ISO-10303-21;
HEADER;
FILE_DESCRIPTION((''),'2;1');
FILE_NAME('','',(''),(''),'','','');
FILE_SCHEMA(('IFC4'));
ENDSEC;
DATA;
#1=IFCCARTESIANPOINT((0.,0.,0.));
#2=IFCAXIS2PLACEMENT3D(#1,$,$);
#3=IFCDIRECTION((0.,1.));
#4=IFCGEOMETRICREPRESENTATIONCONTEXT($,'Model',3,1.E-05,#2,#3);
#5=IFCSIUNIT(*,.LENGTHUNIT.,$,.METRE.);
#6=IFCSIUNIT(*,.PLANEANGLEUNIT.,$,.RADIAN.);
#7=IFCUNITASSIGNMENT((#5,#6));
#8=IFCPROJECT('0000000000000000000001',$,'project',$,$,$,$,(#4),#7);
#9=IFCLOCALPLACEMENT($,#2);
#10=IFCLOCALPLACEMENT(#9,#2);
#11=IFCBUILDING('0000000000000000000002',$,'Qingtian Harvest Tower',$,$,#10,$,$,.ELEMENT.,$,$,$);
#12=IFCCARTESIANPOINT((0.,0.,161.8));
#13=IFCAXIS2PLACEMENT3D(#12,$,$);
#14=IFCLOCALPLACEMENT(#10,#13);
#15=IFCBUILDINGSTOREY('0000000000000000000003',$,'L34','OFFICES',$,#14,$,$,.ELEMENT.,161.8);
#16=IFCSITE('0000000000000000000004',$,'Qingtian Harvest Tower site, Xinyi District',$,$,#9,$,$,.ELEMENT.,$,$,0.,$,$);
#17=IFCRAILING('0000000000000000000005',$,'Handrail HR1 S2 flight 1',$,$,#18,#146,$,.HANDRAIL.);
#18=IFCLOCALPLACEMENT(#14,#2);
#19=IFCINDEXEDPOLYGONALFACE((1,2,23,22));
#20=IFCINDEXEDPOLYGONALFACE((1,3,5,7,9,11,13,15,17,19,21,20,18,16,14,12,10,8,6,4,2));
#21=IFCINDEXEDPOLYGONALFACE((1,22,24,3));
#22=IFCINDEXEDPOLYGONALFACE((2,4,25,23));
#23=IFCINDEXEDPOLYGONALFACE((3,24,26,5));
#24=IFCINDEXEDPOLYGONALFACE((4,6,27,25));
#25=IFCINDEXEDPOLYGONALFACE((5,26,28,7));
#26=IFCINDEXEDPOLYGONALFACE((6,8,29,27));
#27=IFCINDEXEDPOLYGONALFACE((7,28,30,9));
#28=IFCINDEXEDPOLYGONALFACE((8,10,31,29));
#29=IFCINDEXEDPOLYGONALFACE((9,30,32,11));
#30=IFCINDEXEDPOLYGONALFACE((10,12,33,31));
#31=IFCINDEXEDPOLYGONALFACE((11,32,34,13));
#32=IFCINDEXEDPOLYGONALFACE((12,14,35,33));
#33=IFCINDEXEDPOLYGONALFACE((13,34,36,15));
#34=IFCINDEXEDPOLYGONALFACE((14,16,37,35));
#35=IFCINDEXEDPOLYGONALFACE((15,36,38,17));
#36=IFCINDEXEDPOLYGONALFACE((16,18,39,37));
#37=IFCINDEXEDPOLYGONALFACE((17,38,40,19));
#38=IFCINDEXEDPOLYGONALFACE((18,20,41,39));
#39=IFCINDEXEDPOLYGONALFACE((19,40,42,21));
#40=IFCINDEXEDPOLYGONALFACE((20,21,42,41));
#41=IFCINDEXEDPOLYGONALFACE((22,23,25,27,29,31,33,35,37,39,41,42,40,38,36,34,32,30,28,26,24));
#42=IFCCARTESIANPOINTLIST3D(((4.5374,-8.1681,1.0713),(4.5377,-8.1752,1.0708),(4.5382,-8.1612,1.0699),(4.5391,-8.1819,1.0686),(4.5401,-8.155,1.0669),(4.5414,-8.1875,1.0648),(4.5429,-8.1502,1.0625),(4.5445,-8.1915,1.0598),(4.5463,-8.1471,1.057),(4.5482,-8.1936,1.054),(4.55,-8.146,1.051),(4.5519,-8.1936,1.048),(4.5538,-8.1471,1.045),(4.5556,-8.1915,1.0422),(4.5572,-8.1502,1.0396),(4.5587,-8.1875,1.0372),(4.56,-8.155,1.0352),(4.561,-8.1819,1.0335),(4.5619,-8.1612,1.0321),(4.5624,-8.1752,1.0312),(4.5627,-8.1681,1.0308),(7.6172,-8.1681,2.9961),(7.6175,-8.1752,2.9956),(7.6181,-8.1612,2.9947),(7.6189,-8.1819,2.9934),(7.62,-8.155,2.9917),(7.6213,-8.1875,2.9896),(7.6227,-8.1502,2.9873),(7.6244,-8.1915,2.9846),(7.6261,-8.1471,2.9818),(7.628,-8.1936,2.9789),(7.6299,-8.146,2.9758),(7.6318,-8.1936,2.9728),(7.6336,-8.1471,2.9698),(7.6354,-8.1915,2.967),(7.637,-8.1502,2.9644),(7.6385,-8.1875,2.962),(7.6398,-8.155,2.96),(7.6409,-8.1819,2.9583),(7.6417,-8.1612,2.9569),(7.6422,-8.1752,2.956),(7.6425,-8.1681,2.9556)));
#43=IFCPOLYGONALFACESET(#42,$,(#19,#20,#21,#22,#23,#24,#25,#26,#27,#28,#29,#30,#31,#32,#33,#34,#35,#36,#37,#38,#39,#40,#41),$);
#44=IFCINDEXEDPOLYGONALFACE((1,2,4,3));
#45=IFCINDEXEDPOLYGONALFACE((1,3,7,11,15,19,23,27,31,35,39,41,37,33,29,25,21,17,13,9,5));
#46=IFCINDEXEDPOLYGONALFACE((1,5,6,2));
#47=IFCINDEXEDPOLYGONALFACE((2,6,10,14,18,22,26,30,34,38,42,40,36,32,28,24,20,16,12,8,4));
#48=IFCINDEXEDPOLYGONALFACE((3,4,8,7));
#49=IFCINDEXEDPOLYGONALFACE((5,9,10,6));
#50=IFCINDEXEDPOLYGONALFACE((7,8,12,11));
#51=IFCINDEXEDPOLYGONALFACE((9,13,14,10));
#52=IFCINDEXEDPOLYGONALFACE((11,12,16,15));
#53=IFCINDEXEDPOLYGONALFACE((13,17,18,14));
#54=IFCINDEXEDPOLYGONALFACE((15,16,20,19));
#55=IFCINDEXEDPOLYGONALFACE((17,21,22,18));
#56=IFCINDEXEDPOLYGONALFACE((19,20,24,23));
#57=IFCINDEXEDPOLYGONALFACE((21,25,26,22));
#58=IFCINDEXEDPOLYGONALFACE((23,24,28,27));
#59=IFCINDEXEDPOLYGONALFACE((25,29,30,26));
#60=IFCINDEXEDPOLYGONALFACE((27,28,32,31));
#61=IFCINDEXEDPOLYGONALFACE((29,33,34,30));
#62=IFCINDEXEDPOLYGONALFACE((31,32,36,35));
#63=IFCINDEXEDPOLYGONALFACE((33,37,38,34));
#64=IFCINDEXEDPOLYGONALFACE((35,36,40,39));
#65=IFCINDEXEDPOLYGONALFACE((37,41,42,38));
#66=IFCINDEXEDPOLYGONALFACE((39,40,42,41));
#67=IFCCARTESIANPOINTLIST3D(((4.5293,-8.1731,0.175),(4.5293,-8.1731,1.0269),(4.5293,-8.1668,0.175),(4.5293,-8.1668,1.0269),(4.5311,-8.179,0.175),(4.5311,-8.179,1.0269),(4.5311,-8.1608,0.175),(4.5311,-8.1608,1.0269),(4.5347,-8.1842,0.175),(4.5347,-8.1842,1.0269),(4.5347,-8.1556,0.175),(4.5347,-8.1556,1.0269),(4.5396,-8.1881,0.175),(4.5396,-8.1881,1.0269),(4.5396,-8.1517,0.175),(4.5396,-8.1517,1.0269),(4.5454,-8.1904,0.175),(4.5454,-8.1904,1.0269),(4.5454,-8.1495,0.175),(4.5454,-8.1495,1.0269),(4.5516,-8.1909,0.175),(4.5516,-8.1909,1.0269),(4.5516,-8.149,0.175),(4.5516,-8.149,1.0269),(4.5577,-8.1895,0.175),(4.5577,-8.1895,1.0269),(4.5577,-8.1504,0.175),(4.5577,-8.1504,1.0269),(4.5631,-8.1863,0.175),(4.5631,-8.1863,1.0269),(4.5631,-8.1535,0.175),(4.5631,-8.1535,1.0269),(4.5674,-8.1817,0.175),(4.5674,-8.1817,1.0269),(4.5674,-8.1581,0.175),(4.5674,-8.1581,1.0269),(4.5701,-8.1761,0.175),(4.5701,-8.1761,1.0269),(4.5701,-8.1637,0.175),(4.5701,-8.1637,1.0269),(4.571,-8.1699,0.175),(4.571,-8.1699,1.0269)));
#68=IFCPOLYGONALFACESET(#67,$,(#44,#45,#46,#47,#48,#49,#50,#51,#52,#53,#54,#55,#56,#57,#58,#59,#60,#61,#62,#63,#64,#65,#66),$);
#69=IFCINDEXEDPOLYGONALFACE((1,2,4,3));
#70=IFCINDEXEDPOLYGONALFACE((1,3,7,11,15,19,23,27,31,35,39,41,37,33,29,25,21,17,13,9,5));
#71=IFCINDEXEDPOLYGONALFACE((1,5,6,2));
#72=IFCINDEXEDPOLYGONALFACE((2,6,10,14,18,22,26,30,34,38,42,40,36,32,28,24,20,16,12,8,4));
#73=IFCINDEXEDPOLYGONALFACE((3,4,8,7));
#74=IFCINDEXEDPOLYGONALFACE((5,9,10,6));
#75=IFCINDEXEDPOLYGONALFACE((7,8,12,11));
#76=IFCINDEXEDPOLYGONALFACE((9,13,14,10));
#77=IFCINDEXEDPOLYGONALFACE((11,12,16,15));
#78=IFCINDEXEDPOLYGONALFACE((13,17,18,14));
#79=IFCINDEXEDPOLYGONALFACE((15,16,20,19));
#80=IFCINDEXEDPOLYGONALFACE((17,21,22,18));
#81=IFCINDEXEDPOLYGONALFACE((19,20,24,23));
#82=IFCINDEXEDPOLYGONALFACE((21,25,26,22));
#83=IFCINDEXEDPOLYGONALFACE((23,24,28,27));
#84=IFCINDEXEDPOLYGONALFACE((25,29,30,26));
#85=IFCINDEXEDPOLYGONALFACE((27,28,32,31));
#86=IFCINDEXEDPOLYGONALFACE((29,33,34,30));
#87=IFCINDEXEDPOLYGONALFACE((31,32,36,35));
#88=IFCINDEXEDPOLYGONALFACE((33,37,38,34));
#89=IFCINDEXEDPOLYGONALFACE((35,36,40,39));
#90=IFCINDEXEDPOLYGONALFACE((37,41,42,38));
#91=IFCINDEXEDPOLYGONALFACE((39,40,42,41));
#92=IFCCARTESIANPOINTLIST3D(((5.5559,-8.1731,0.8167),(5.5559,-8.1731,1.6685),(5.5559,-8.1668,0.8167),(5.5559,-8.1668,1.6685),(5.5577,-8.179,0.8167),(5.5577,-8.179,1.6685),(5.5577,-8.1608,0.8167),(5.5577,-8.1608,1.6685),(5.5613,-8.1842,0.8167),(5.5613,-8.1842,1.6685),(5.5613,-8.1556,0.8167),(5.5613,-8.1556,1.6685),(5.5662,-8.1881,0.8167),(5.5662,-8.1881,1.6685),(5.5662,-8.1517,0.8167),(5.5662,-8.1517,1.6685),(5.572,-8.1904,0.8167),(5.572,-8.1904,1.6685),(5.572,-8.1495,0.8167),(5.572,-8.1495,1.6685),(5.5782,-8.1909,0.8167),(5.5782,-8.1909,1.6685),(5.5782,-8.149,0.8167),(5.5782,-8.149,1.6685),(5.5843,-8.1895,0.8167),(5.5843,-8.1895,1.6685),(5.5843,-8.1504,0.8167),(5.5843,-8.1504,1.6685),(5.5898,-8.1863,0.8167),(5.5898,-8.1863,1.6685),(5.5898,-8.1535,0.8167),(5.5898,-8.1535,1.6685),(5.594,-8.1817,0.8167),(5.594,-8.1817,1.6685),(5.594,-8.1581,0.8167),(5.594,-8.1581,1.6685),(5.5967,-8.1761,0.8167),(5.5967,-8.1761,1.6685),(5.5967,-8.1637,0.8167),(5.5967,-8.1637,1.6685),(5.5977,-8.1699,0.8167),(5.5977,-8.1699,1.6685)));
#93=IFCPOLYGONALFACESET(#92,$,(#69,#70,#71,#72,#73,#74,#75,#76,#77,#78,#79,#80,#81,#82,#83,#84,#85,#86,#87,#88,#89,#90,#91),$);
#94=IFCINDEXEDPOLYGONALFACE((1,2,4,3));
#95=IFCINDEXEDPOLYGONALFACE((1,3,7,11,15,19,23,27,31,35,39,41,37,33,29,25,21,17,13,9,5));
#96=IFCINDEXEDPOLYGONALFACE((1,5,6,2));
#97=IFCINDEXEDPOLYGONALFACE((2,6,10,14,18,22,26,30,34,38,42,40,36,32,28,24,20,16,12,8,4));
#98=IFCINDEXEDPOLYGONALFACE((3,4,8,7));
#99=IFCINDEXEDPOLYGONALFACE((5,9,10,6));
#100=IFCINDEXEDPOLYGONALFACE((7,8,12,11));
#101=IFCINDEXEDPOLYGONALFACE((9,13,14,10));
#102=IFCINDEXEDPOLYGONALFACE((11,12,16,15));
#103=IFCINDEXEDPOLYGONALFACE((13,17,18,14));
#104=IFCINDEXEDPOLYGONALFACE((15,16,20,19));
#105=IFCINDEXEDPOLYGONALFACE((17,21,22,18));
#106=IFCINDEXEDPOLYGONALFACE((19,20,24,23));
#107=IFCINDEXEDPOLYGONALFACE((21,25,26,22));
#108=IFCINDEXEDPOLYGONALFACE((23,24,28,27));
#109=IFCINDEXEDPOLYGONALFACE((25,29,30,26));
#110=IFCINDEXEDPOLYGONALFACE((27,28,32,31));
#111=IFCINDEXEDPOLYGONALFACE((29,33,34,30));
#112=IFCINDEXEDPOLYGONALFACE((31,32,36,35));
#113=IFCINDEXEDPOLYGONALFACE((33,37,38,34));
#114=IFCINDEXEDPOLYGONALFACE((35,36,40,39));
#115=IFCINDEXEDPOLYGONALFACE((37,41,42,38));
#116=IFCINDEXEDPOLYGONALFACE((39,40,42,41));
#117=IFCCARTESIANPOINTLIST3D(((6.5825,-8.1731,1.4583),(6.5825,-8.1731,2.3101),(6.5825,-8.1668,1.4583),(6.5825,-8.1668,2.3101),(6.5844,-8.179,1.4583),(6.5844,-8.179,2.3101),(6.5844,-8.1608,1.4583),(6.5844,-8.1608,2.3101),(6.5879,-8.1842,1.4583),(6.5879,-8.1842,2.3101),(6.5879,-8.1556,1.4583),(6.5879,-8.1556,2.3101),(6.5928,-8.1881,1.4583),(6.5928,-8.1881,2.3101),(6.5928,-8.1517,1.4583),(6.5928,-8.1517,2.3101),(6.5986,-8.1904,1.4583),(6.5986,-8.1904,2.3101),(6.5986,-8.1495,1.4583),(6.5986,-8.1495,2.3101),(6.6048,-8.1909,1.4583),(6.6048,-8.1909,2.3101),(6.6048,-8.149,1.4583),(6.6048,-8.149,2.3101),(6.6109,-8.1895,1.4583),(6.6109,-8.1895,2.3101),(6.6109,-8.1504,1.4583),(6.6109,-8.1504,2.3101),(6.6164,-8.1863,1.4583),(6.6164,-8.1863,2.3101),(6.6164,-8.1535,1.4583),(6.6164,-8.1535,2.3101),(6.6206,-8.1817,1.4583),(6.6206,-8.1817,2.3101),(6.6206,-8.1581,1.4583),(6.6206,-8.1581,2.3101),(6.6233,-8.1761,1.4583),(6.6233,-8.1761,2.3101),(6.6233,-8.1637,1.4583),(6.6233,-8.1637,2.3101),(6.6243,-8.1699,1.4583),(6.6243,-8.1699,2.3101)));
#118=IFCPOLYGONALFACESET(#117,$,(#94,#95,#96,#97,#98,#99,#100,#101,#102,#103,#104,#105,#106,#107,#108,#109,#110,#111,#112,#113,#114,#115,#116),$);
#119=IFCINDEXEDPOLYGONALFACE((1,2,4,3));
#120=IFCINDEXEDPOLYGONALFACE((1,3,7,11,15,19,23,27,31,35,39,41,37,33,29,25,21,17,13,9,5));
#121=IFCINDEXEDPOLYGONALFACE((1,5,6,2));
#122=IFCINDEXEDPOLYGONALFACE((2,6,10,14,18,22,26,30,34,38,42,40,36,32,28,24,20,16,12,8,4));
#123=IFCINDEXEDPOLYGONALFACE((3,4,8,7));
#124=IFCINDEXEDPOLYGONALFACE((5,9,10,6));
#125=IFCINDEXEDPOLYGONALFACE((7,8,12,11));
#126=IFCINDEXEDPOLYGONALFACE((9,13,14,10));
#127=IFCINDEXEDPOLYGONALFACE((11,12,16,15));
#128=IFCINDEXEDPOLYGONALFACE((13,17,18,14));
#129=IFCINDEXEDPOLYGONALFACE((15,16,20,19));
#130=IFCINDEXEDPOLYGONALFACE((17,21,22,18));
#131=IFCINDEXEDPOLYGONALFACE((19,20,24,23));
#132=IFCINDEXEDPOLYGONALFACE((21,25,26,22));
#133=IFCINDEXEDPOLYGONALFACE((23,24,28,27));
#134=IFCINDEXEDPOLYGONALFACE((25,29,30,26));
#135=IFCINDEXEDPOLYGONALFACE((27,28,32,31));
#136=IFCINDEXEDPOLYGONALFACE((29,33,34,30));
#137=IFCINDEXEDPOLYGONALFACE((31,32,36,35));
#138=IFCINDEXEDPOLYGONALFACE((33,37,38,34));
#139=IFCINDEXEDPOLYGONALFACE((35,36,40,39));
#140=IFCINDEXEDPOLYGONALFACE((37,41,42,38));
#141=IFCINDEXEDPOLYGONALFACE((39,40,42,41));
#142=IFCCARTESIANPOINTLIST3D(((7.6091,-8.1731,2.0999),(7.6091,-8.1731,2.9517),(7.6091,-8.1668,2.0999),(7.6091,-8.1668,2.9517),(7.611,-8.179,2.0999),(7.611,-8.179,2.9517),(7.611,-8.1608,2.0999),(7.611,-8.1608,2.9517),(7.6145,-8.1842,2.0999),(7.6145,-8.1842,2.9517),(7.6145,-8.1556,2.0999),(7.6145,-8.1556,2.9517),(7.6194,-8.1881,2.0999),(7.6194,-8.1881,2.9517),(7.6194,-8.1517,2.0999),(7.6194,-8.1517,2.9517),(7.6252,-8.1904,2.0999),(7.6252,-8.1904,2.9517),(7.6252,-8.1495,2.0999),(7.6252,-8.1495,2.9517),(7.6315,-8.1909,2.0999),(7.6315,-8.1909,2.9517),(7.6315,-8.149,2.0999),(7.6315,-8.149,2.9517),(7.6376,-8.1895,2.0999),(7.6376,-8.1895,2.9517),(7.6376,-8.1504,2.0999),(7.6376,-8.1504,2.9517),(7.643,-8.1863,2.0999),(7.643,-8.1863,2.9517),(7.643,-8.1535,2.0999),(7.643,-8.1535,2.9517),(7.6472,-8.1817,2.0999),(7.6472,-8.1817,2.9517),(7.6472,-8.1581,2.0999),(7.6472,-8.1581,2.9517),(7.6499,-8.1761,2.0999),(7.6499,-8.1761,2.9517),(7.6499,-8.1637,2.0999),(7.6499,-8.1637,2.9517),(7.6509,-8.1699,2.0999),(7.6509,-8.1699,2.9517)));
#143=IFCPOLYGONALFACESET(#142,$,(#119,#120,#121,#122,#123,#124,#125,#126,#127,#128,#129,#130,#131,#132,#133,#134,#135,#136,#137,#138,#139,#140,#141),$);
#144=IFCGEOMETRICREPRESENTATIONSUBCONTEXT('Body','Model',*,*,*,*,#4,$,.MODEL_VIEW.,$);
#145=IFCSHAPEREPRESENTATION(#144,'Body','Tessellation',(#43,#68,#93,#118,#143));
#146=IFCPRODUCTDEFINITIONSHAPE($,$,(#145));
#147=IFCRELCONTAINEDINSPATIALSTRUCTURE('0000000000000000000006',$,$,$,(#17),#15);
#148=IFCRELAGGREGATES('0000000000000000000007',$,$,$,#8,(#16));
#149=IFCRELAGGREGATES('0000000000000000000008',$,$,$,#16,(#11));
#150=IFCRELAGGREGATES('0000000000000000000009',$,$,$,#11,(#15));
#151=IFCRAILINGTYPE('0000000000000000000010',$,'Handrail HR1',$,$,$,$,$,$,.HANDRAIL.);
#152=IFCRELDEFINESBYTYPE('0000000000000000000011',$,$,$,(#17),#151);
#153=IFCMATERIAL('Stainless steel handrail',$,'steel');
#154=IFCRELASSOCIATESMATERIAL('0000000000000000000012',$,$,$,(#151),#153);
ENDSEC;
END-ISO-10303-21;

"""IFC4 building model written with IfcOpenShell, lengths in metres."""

from ifc_helpers import new_model, si_unit, direction, frame, origin, origin_2d, place, context, subcontext, project, spatial, circle, extrude, material, type_object, element, save


model = new_model("IFC4")

# Units and contexts
model_context = context("Model", 3, precision=1e-05, world=origin(), true_north=direction((0.0, 1.0)))
body_context = subcontext(model_context, "Body", "Model", "MODEL_VIEW")
ifc_project = project(units=[si_unit("LENGTHUNIT", "METRE"), si_unit("PLANEANGLEUNIT", "RADIAN")], contexts=[model_context])

# Site, building, storey
site_placement = place(None, origin())
site = spatial("IfcSite", under=ifc_project, at=site_placement, Name="Qingtian Harvest Tower site, Xinyi District", CompositionType="ELEMENT", RefElevation=0.0)
building_placement = place(site_placement, origin())
building = spatial("IfcBuilding", under=site, at=building_placement, Name="Qingtian Harvest Tower", CompositionType="ELEMENT")
storey_placement = place(building_placement, frame((0.0, 0.0, 161.8)))
storey = spatial("IfcBuildingStorey", under=building, at=storey_placement, Name="L34", Description="OFFICES", CompositionType="ELEMENT", Elevation=161.8)

# Railing
ifc_material_1 = material(Name="Stainless steel handrail", Category="steel")
railing_type = type_object("IfcRailingType", Name="Handrail HR1", PredefinedType="HANDRAIL", material=ifc_material_1)
railing_1_placement = place(storey_placement, frame((4.55, -8.1699, 0.175)))
element("IfcRailing", 1, at=railing_1_placement, inside=storey, type_object=railing_type, Name="Handrail HR1 S2 flight 1", PredefinedType="HANDRAIL", context=body_context, shape_type="SweptSolid", body=[
    extrude(circle(Radius=0.0239, at=origin_2d()), frame((0.0, 0.0, 0.876), z_axis=(0.84801, 0.0, 0.529981), x_axis=(0.0, 1.0, 0.0)), (0.0, 0.0, 1.0), 3.6318),
    extrude(circle(Radius=0.021, at=origin_2d()), origin(), (0.0, 0.0, 1.0), 0.8518),
    extrude(circle(Radius=0.021, at=origin_2d()), frame((1.0266, 0.0, 0.6416)), (0.0, 0.0, 1.0), 0.8518),
    extrude(circle(Radius=0.021, at=origin_2d()), frame((2.0532, 0.0, 1.2832)), (0.0, 0.0, 1.0), 0.8518),
    extrude(circle(Radius=0.021, at=origin_2d()), frame((3.0798, 0.0, 1.9248)), (0.0, 0.0, 1.0), 0.8518),
])

save(model, "model.ifc")
